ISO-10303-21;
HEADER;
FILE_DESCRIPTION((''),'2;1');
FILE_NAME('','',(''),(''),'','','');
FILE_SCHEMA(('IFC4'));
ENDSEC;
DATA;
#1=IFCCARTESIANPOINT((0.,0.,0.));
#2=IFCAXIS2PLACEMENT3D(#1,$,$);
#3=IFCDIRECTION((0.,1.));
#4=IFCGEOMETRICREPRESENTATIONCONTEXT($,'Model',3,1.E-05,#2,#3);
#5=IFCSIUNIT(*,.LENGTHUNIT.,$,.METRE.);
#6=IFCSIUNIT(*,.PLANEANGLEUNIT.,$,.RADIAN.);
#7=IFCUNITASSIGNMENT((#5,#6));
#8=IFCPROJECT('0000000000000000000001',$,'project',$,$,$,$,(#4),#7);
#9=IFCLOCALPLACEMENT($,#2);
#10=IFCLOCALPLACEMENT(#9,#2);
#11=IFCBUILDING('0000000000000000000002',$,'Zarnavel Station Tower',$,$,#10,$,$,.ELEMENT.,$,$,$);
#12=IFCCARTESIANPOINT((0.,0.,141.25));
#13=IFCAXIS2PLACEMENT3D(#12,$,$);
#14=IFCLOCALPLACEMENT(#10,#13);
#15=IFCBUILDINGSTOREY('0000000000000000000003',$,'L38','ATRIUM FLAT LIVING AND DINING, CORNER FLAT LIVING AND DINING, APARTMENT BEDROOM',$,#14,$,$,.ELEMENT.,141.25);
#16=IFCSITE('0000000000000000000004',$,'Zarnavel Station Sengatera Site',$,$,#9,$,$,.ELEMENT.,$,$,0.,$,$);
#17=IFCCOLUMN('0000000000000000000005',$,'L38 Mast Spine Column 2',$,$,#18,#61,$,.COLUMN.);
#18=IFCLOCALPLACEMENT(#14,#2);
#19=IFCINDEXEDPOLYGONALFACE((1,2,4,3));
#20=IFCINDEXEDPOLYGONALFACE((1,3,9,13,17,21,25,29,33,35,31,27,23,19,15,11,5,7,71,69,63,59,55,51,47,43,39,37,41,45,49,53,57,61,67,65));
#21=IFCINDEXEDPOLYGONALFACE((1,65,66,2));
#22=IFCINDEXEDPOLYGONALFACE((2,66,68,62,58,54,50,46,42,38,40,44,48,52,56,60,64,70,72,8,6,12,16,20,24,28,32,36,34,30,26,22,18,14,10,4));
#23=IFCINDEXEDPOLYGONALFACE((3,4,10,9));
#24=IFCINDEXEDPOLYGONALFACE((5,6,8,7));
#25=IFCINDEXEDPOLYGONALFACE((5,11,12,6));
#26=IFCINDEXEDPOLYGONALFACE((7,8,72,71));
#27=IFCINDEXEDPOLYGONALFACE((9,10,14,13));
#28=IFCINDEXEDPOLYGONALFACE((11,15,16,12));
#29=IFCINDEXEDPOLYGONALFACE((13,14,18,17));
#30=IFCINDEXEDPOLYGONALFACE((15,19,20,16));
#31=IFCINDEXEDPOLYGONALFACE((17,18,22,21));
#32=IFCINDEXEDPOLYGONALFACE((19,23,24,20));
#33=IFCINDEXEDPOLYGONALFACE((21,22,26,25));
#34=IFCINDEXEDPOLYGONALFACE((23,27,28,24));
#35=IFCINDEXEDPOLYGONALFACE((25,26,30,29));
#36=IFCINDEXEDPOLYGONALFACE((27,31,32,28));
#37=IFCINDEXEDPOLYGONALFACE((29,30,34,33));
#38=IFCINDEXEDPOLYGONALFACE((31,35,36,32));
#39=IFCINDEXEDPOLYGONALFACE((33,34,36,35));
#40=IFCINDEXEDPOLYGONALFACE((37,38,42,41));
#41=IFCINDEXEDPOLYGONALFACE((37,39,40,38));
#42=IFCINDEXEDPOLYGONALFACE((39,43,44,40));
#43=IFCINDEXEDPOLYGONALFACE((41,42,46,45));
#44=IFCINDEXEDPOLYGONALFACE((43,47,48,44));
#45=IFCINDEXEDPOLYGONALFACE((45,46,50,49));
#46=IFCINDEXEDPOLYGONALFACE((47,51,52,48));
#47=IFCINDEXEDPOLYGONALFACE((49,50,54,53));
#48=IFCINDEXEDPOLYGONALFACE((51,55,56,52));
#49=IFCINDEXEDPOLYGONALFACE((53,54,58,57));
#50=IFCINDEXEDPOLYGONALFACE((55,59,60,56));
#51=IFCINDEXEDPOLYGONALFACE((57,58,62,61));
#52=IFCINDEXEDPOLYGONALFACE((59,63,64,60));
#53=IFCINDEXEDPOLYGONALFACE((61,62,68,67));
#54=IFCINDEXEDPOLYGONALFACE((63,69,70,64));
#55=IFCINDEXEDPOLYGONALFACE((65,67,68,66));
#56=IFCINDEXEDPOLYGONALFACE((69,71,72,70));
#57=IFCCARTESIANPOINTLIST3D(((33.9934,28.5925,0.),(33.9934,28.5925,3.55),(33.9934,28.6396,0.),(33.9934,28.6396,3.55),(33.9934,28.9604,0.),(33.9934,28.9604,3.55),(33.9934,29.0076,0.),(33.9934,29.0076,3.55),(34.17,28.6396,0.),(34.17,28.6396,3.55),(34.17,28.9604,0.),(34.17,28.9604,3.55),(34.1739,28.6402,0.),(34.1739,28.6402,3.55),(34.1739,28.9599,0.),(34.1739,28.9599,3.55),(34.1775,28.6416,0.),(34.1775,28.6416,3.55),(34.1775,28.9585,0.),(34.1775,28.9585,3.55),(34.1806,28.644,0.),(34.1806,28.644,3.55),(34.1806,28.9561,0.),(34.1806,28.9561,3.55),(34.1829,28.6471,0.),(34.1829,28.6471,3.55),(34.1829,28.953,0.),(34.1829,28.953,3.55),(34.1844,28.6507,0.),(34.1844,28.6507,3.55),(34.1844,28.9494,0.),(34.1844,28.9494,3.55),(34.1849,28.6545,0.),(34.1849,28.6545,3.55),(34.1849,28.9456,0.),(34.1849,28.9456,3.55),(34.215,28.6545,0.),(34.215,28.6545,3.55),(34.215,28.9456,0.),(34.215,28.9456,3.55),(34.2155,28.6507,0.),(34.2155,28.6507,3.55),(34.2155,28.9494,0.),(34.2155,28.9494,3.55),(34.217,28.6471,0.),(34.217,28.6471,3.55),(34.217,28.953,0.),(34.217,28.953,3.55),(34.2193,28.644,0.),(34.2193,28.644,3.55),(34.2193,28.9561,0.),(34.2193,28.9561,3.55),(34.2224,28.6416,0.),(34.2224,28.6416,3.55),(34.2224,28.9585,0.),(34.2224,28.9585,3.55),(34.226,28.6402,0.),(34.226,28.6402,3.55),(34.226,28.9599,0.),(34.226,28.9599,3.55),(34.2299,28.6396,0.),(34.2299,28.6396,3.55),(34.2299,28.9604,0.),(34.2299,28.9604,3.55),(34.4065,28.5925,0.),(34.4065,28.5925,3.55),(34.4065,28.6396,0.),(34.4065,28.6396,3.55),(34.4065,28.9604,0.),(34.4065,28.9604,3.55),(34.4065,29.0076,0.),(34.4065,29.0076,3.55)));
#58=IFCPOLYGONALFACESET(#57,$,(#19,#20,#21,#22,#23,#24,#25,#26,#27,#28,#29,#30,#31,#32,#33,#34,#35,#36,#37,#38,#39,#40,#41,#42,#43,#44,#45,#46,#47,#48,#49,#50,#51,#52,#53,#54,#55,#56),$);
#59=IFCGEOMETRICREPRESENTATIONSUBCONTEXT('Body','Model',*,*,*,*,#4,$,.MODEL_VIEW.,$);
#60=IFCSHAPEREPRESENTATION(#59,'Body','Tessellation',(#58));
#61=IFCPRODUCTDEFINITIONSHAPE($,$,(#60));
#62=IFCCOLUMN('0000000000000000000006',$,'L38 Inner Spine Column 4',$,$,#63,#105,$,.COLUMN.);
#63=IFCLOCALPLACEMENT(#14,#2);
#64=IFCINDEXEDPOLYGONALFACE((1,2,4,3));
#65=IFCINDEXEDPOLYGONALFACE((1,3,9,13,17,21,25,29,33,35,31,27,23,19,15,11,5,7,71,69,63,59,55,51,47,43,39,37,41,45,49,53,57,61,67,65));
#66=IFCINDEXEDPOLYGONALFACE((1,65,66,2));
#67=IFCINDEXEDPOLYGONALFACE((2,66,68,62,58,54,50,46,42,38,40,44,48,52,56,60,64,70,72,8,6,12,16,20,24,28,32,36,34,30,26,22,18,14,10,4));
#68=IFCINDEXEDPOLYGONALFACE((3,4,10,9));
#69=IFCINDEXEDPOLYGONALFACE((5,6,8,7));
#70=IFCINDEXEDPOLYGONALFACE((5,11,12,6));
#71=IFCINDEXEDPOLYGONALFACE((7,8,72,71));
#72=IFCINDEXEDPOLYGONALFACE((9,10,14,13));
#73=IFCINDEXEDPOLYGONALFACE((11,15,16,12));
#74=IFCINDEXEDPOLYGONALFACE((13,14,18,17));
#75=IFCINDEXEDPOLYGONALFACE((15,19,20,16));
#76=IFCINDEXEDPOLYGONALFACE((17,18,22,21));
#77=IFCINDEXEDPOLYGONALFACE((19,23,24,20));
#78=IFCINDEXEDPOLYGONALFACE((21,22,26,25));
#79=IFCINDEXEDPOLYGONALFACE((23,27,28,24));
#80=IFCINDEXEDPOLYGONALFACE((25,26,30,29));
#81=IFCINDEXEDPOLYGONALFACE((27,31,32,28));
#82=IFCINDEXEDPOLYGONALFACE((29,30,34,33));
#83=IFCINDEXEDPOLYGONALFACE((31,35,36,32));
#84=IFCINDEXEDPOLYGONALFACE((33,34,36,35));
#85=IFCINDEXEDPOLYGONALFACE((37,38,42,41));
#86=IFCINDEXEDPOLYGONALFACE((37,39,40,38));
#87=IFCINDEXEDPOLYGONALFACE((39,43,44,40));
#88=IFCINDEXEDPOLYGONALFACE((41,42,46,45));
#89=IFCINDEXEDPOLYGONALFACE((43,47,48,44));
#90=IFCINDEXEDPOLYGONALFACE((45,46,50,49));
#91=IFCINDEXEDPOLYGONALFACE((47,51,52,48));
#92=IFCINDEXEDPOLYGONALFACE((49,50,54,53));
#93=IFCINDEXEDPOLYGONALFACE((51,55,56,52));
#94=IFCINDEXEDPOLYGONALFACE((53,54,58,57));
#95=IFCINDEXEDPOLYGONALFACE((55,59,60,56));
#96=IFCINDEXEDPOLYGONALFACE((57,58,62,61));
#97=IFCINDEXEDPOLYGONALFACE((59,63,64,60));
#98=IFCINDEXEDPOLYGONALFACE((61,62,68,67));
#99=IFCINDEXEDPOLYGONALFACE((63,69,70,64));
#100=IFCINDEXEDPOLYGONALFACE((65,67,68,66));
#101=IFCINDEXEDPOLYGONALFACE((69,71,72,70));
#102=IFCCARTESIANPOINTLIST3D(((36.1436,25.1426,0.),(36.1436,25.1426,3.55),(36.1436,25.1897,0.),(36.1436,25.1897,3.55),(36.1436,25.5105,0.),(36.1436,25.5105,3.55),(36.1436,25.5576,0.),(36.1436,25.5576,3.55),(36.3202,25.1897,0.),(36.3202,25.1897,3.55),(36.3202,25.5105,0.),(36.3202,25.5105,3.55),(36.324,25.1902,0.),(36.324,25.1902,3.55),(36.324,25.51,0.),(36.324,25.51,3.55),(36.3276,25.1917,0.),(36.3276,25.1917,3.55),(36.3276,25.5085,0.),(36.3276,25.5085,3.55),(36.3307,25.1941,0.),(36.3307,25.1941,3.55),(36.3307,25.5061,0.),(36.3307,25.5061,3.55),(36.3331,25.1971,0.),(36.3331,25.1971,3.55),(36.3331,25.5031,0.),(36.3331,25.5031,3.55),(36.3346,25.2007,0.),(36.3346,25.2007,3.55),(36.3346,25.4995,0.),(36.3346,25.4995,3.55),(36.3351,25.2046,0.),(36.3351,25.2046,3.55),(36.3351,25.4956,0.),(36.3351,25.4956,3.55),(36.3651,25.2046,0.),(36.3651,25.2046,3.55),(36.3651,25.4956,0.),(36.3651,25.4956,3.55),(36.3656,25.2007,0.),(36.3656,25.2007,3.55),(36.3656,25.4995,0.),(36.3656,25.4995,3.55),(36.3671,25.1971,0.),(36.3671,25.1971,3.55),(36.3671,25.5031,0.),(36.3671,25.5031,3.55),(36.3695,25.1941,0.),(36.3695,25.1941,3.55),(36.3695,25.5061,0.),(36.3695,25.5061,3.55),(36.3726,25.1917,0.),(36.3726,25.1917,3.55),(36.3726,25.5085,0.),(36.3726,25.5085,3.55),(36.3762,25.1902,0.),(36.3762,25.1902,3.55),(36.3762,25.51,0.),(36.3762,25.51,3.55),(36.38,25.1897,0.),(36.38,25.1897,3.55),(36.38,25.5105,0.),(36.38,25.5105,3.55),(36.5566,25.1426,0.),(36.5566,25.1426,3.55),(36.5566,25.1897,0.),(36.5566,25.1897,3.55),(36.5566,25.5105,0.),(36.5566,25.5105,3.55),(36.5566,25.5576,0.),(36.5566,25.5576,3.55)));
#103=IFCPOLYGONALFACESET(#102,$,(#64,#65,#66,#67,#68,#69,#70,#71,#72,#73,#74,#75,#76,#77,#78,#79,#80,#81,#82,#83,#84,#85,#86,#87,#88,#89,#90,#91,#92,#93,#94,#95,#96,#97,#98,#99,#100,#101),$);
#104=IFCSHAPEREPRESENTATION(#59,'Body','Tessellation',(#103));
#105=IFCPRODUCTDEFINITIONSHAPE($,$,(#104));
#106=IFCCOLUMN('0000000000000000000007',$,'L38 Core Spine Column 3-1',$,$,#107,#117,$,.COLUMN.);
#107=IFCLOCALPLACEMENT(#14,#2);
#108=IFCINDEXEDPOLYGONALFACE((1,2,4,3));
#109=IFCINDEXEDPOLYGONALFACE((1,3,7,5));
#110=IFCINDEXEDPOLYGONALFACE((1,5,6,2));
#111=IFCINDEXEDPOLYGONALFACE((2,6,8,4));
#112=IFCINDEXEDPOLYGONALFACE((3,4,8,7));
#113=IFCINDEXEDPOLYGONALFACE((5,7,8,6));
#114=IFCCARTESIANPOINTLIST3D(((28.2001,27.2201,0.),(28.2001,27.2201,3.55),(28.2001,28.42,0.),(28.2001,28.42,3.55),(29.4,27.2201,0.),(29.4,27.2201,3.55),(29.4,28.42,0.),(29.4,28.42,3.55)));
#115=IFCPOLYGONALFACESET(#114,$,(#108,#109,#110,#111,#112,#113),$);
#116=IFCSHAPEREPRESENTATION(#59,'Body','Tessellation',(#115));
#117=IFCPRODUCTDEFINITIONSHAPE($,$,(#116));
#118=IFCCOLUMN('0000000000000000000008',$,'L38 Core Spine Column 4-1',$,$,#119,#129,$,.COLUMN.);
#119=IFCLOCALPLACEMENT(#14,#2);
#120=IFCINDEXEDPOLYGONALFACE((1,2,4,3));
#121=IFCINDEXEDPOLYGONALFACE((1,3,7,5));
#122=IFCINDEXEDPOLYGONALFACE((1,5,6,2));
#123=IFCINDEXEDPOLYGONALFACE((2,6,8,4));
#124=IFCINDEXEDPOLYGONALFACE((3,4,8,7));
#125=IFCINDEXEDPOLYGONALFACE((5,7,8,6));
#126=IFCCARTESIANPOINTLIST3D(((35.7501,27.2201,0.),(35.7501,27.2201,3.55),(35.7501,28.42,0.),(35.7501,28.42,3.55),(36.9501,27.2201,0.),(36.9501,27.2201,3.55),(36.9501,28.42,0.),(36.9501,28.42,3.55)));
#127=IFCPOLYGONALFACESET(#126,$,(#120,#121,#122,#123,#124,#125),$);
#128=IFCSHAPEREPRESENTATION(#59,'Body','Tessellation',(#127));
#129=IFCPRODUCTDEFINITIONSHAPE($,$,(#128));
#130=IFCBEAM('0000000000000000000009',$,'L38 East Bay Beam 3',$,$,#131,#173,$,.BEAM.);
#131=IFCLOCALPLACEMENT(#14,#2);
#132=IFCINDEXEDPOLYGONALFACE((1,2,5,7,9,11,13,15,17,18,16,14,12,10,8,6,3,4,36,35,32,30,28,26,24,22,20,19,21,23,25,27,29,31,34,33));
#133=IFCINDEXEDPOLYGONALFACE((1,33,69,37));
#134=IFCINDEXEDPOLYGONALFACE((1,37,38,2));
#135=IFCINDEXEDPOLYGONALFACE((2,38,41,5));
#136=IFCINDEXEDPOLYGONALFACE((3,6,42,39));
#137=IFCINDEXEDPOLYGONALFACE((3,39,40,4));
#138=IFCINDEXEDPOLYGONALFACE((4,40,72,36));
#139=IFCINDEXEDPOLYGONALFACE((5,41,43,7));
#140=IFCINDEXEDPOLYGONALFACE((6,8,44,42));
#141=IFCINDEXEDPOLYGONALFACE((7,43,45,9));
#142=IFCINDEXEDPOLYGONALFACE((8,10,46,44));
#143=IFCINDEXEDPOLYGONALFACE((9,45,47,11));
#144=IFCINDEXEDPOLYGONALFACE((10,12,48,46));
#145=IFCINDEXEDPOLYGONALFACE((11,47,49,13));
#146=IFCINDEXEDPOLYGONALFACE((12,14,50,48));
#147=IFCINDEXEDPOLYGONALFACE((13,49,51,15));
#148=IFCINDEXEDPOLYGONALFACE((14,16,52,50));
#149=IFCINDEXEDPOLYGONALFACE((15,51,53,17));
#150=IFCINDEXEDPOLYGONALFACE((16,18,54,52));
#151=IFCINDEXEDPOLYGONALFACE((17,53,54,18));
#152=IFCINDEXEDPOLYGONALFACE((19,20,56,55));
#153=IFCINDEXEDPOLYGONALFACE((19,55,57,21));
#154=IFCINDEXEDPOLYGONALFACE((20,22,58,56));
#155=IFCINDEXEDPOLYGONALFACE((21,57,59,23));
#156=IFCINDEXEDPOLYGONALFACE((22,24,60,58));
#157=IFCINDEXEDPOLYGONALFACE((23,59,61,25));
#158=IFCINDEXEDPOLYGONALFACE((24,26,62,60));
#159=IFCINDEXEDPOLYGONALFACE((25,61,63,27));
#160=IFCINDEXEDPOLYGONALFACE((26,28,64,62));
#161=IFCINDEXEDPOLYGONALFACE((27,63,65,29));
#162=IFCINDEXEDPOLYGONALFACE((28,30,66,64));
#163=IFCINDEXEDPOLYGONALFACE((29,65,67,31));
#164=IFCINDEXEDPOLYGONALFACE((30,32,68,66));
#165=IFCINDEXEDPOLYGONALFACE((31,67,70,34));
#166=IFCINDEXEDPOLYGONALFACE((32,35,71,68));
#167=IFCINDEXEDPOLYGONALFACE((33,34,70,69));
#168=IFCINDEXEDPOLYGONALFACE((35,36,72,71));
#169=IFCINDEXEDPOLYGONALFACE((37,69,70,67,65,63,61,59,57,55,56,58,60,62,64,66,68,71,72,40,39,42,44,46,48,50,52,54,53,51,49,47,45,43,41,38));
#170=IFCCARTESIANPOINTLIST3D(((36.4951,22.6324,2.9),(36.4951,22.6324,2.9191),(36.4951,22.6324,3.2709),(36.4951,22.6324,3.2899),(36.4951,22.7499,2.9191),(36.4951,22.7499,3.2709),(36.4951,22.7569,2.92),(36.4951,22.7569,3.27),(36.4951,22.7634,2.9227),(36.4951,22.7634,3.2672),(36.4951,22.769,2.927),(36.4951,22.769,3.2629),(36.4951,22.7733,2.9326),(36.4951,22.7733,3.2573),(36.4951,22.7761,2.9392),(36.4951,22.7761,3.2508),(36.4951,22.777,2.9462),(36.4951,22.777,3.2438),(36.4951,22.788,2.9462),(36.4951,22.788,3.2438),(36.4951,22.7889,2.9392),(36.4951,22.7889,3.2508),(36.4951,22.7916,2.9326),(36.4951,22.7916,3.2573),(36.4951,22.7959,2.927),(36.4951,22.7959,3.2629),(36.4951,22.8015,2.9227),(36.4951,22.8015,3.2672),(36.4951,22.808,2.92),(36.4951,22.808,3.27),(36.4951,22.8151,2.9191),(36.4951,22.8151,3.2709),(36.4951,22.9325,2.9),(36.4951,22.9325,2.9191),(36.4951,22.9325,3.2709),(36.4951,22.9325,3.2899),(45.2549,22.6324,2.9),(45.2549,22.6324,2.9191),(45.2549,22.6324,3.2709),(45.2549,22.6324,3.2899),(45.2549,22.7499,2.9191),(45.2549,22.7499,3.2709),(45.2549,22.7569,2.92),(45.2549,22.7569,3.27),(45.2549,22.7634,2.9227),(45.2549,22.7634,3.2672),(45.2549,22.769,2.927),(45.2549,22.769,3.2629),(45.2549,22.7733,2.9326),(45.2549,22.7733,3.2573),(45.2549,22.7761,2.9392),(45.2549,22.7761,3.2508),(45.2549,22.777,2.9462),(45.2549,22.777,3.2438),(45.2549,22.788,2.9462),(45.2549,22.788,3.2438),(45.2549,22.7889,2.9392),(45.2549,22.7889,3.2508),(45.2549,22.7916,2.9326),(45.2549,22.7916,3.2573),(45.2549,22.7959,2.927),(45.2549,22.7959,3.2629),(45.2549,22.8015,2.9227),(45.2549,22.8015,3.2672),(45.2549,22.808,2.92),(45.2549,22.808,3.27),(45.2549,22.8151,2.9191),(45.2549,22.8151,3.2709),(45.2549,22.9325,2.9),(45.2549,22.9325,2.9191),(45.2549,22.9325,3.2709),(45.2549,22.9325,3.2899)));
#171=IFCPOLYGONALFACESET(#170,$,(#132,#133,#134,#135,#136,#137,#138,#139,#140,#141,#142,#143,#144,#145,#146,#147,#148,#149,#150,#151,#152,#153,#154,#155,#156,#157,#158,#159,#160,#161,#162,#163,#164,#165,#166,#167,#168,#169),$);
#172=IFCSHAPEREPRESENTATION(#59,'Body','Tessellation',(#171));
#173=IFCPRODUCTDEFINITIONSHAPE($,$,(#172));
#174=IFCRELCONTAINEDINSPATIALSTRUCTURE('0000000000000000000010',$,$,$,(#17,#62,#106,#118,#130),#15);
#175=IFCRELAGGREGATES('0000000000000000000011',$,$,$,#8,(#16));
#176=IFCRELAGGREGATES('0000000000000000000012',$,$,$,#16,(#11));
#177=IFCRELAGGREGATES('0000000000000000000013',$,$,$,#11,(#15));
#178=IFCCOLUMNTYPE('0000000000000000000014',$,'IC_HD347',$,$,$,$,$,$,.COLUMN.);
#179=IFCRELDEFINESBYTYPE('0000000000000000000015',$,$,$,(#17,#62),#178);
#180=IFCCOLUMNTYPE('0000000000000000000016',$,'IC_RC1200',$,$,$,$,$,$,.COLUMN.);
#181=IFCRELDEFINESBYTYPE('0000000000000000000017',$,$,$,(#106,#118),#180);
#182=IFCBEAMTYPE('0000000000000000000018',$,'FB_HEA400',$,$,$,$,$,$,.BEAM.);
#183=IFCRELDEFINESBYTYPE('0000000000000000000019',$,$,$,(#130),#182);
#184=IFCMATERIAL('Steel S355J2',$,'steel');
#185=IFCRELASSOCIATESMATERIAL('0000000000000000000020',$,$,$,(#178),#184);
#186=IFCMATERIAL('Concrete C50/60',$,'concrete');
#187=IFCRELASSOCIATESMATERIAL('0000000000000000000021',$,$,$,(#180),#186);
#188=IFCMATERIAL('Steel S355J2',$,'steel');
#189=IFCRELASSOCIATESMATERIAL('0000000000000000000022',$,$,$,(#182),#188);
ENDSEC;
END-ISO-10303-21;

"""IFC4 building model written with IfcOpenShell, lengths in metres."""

from ifc_helpers import new_model, si_unit, direction, frame, origin, origin_2d, place, context, subcontext, project, spatial, rectangle, i_section, extrude, material, material_profile, profile_set, type_object, element, save


model = new_model("IFC4")

# Units and contexts
model_context = context("Model", 3, precision=1e-05, world=origin(), true_north=direction((0.0, 1.0)))
body_context = subcontext(model_context, "Body", "Model", "MODEL_VIEW")
ifc_project = project(units=[si_unit("LENGTHUNIT", "METRE"), si_unit("PLANEANGLEUNIT", "RADIAN")], contexts=[model_context])

# Site, building, storey
site_placement = place(None, origin())
site = spatial("IfcSite", under=ifc_project, at=site_placement, Name="Zarnavel Station Sengatera Site", CompositionType="ELEMENT", RefElevation=0.0)
building_placement = place(site_placement, origin())
building = spatial("IfcBuilding", under=site, at=building_placement, Name="Zarnavel Station Tower", CompositionType="ELEMENT")
storey_placement = place(building_placement, frame((0.0, 0.0, 141.25)))
storey = spatial("IfcBuildingStorey", under=building, at=storey_placement, Name="L38", Description="ATRIUM FLAT LIVING AND DINING, CORNER FLAT LIVING AND DINING, APARTMENT BEDROOM", CompositionType="ELEMENT", Elevation=141.25)

# Columns
ifc_material_1 = material(Name="Steel S355J2", Category="steel")
ifc_material_profile_1 = material_profile(ifc_material_1, i_section(OverallWidth=0.4131, OverallDepth=0.415, WebThickness=0.03, FlangeThickness=0.0471, FilletRadius=0.0149, at=origin_2d()), Name="HD400x347")
ifc_profile_set_1 = profile_set([ifc_material_profile_1], Name="Steel S355J2")
column_type_1 = type_object("IfcColumnType", Name="IC_HD347", PredefinedType="COLUMN", material=ifc_profile_set_1)
for number, where, z_axis, x_axis, name in (
    (1, (34.2, 28.8, 0.0), (0.0, 0.0, 1.0), (1.0, 0.0, 0.0), "L38 Mast Spine Column 2"),
    (2, (36.3501, 25.3501, 0.0), (0.0, 0.0, 1.0), (1.0, 0.0, 0.0), "L38 Inner Spine Column 4"),
):
    element("IfcColumn", number, at=place(storey_placement, frame(where, z_axis=z_axis, x_axis=x_axis)), inside=storey, type_object=column_type_1, Name=name, PredefinedType="COLUMN", context=body_context, shape_type="SweptSolid", body=[
        extrude(i_section(OverallWidth=0.4131, OverallDepth=0.415, WebThickness=0.03, FlangeThickness=0.0471, FilletRadius=0.0149, at=origin_2d()), origin(), (0.0, 0.0, 1.0), 3.55),
    ])
ifc_material_2 = material(Name="Concrete C50/60", Category="concrete")
ifc_material_profile_2 = material_profile(ifc_material_2, rectangle(XDim=1.2, YDim=1.2, at=origin_2d()), Name="RC1200x1200")
ifc_profile_set_2 = profile_set([ifc_material_profile_2], Name="Concrete C50/60")
column_type_2 = type_object("IfcColumnType", Name="IC_RC1200", PredefinedType="COLUMN", material=ifc_profile_set_2)
for number, where, z_axis, x_axis, name in (
    (3, (28.8, 27.8201, 0.0), (0.0, 0.0, 1.0), (1.0, 0.0, 0.0), "L38 Core Spine Column 3-1"),
    (4, (36.3501, 27.8201, 0.0), (0.0, 0.0, 1.0), (1.0, 0.0, 0.0), "L38 Core Spine Column 4-1"),
):
    element("IfcColumn", number, at=place(storey_placement, frame(where, z_axis=z_axis, x_axis=x_axis)), inside=storey, type_object=column_type_2, Name=name, PredefinedType="COLUMN", context=body_context, shape_type="SweptSolid", body=[
        extrude(rectangle(XDim=1.2, YDim=1.2, at=origin_2d()), origin(), (0.0, 0.0, 1.0), 3.55),
    ])

# Beam
ifc_material_3 = material(Name="Steel S355J2", Category="steel")
ifc_material_profile_3 = material_profile(ifc_material_3, i_section(OverallWidth=0.3, OverallDepth=0.3899, WebThickness=0.011, FlangeThickness=0.019, FilletRadius=0.0271, at=origin_2d()), Name="HEA400")
ifc_profile_set_3 = profile_set([ifc_material_profile_3], Name="Steel S355J2")
beam_type_1 = type_object("IfcBeamType", Name="FB_HEA400", PredefinedType="BEAM", material=ifc_profile_set_3)
beam_1_placement = place(storey_placement, frame((36.4951, 22.7825, 3.095), z_axis=(1.0, 0.0, 0.0), x_axis=(0.0, 1.0, 0.0)))
element("IfcBeam", 5, at=beam_1_placement, inside=storey, type_object=beam_type_1, Name="L38 East Bay Beam 3", PredefinedType="BEAM", context=body_context, shape_type="SweptSolid", body=[
    extrude(i_section(OverallWidth=0.3, OverallDepth=0.3899, WebThickness=0.011, FlangeThickness=0.019, FilletRadius=0.0271, at=origin_2d()), origin(), (0.0, 0.0, 1.0), 8.7598),
])

save(model, "model.ifc")
